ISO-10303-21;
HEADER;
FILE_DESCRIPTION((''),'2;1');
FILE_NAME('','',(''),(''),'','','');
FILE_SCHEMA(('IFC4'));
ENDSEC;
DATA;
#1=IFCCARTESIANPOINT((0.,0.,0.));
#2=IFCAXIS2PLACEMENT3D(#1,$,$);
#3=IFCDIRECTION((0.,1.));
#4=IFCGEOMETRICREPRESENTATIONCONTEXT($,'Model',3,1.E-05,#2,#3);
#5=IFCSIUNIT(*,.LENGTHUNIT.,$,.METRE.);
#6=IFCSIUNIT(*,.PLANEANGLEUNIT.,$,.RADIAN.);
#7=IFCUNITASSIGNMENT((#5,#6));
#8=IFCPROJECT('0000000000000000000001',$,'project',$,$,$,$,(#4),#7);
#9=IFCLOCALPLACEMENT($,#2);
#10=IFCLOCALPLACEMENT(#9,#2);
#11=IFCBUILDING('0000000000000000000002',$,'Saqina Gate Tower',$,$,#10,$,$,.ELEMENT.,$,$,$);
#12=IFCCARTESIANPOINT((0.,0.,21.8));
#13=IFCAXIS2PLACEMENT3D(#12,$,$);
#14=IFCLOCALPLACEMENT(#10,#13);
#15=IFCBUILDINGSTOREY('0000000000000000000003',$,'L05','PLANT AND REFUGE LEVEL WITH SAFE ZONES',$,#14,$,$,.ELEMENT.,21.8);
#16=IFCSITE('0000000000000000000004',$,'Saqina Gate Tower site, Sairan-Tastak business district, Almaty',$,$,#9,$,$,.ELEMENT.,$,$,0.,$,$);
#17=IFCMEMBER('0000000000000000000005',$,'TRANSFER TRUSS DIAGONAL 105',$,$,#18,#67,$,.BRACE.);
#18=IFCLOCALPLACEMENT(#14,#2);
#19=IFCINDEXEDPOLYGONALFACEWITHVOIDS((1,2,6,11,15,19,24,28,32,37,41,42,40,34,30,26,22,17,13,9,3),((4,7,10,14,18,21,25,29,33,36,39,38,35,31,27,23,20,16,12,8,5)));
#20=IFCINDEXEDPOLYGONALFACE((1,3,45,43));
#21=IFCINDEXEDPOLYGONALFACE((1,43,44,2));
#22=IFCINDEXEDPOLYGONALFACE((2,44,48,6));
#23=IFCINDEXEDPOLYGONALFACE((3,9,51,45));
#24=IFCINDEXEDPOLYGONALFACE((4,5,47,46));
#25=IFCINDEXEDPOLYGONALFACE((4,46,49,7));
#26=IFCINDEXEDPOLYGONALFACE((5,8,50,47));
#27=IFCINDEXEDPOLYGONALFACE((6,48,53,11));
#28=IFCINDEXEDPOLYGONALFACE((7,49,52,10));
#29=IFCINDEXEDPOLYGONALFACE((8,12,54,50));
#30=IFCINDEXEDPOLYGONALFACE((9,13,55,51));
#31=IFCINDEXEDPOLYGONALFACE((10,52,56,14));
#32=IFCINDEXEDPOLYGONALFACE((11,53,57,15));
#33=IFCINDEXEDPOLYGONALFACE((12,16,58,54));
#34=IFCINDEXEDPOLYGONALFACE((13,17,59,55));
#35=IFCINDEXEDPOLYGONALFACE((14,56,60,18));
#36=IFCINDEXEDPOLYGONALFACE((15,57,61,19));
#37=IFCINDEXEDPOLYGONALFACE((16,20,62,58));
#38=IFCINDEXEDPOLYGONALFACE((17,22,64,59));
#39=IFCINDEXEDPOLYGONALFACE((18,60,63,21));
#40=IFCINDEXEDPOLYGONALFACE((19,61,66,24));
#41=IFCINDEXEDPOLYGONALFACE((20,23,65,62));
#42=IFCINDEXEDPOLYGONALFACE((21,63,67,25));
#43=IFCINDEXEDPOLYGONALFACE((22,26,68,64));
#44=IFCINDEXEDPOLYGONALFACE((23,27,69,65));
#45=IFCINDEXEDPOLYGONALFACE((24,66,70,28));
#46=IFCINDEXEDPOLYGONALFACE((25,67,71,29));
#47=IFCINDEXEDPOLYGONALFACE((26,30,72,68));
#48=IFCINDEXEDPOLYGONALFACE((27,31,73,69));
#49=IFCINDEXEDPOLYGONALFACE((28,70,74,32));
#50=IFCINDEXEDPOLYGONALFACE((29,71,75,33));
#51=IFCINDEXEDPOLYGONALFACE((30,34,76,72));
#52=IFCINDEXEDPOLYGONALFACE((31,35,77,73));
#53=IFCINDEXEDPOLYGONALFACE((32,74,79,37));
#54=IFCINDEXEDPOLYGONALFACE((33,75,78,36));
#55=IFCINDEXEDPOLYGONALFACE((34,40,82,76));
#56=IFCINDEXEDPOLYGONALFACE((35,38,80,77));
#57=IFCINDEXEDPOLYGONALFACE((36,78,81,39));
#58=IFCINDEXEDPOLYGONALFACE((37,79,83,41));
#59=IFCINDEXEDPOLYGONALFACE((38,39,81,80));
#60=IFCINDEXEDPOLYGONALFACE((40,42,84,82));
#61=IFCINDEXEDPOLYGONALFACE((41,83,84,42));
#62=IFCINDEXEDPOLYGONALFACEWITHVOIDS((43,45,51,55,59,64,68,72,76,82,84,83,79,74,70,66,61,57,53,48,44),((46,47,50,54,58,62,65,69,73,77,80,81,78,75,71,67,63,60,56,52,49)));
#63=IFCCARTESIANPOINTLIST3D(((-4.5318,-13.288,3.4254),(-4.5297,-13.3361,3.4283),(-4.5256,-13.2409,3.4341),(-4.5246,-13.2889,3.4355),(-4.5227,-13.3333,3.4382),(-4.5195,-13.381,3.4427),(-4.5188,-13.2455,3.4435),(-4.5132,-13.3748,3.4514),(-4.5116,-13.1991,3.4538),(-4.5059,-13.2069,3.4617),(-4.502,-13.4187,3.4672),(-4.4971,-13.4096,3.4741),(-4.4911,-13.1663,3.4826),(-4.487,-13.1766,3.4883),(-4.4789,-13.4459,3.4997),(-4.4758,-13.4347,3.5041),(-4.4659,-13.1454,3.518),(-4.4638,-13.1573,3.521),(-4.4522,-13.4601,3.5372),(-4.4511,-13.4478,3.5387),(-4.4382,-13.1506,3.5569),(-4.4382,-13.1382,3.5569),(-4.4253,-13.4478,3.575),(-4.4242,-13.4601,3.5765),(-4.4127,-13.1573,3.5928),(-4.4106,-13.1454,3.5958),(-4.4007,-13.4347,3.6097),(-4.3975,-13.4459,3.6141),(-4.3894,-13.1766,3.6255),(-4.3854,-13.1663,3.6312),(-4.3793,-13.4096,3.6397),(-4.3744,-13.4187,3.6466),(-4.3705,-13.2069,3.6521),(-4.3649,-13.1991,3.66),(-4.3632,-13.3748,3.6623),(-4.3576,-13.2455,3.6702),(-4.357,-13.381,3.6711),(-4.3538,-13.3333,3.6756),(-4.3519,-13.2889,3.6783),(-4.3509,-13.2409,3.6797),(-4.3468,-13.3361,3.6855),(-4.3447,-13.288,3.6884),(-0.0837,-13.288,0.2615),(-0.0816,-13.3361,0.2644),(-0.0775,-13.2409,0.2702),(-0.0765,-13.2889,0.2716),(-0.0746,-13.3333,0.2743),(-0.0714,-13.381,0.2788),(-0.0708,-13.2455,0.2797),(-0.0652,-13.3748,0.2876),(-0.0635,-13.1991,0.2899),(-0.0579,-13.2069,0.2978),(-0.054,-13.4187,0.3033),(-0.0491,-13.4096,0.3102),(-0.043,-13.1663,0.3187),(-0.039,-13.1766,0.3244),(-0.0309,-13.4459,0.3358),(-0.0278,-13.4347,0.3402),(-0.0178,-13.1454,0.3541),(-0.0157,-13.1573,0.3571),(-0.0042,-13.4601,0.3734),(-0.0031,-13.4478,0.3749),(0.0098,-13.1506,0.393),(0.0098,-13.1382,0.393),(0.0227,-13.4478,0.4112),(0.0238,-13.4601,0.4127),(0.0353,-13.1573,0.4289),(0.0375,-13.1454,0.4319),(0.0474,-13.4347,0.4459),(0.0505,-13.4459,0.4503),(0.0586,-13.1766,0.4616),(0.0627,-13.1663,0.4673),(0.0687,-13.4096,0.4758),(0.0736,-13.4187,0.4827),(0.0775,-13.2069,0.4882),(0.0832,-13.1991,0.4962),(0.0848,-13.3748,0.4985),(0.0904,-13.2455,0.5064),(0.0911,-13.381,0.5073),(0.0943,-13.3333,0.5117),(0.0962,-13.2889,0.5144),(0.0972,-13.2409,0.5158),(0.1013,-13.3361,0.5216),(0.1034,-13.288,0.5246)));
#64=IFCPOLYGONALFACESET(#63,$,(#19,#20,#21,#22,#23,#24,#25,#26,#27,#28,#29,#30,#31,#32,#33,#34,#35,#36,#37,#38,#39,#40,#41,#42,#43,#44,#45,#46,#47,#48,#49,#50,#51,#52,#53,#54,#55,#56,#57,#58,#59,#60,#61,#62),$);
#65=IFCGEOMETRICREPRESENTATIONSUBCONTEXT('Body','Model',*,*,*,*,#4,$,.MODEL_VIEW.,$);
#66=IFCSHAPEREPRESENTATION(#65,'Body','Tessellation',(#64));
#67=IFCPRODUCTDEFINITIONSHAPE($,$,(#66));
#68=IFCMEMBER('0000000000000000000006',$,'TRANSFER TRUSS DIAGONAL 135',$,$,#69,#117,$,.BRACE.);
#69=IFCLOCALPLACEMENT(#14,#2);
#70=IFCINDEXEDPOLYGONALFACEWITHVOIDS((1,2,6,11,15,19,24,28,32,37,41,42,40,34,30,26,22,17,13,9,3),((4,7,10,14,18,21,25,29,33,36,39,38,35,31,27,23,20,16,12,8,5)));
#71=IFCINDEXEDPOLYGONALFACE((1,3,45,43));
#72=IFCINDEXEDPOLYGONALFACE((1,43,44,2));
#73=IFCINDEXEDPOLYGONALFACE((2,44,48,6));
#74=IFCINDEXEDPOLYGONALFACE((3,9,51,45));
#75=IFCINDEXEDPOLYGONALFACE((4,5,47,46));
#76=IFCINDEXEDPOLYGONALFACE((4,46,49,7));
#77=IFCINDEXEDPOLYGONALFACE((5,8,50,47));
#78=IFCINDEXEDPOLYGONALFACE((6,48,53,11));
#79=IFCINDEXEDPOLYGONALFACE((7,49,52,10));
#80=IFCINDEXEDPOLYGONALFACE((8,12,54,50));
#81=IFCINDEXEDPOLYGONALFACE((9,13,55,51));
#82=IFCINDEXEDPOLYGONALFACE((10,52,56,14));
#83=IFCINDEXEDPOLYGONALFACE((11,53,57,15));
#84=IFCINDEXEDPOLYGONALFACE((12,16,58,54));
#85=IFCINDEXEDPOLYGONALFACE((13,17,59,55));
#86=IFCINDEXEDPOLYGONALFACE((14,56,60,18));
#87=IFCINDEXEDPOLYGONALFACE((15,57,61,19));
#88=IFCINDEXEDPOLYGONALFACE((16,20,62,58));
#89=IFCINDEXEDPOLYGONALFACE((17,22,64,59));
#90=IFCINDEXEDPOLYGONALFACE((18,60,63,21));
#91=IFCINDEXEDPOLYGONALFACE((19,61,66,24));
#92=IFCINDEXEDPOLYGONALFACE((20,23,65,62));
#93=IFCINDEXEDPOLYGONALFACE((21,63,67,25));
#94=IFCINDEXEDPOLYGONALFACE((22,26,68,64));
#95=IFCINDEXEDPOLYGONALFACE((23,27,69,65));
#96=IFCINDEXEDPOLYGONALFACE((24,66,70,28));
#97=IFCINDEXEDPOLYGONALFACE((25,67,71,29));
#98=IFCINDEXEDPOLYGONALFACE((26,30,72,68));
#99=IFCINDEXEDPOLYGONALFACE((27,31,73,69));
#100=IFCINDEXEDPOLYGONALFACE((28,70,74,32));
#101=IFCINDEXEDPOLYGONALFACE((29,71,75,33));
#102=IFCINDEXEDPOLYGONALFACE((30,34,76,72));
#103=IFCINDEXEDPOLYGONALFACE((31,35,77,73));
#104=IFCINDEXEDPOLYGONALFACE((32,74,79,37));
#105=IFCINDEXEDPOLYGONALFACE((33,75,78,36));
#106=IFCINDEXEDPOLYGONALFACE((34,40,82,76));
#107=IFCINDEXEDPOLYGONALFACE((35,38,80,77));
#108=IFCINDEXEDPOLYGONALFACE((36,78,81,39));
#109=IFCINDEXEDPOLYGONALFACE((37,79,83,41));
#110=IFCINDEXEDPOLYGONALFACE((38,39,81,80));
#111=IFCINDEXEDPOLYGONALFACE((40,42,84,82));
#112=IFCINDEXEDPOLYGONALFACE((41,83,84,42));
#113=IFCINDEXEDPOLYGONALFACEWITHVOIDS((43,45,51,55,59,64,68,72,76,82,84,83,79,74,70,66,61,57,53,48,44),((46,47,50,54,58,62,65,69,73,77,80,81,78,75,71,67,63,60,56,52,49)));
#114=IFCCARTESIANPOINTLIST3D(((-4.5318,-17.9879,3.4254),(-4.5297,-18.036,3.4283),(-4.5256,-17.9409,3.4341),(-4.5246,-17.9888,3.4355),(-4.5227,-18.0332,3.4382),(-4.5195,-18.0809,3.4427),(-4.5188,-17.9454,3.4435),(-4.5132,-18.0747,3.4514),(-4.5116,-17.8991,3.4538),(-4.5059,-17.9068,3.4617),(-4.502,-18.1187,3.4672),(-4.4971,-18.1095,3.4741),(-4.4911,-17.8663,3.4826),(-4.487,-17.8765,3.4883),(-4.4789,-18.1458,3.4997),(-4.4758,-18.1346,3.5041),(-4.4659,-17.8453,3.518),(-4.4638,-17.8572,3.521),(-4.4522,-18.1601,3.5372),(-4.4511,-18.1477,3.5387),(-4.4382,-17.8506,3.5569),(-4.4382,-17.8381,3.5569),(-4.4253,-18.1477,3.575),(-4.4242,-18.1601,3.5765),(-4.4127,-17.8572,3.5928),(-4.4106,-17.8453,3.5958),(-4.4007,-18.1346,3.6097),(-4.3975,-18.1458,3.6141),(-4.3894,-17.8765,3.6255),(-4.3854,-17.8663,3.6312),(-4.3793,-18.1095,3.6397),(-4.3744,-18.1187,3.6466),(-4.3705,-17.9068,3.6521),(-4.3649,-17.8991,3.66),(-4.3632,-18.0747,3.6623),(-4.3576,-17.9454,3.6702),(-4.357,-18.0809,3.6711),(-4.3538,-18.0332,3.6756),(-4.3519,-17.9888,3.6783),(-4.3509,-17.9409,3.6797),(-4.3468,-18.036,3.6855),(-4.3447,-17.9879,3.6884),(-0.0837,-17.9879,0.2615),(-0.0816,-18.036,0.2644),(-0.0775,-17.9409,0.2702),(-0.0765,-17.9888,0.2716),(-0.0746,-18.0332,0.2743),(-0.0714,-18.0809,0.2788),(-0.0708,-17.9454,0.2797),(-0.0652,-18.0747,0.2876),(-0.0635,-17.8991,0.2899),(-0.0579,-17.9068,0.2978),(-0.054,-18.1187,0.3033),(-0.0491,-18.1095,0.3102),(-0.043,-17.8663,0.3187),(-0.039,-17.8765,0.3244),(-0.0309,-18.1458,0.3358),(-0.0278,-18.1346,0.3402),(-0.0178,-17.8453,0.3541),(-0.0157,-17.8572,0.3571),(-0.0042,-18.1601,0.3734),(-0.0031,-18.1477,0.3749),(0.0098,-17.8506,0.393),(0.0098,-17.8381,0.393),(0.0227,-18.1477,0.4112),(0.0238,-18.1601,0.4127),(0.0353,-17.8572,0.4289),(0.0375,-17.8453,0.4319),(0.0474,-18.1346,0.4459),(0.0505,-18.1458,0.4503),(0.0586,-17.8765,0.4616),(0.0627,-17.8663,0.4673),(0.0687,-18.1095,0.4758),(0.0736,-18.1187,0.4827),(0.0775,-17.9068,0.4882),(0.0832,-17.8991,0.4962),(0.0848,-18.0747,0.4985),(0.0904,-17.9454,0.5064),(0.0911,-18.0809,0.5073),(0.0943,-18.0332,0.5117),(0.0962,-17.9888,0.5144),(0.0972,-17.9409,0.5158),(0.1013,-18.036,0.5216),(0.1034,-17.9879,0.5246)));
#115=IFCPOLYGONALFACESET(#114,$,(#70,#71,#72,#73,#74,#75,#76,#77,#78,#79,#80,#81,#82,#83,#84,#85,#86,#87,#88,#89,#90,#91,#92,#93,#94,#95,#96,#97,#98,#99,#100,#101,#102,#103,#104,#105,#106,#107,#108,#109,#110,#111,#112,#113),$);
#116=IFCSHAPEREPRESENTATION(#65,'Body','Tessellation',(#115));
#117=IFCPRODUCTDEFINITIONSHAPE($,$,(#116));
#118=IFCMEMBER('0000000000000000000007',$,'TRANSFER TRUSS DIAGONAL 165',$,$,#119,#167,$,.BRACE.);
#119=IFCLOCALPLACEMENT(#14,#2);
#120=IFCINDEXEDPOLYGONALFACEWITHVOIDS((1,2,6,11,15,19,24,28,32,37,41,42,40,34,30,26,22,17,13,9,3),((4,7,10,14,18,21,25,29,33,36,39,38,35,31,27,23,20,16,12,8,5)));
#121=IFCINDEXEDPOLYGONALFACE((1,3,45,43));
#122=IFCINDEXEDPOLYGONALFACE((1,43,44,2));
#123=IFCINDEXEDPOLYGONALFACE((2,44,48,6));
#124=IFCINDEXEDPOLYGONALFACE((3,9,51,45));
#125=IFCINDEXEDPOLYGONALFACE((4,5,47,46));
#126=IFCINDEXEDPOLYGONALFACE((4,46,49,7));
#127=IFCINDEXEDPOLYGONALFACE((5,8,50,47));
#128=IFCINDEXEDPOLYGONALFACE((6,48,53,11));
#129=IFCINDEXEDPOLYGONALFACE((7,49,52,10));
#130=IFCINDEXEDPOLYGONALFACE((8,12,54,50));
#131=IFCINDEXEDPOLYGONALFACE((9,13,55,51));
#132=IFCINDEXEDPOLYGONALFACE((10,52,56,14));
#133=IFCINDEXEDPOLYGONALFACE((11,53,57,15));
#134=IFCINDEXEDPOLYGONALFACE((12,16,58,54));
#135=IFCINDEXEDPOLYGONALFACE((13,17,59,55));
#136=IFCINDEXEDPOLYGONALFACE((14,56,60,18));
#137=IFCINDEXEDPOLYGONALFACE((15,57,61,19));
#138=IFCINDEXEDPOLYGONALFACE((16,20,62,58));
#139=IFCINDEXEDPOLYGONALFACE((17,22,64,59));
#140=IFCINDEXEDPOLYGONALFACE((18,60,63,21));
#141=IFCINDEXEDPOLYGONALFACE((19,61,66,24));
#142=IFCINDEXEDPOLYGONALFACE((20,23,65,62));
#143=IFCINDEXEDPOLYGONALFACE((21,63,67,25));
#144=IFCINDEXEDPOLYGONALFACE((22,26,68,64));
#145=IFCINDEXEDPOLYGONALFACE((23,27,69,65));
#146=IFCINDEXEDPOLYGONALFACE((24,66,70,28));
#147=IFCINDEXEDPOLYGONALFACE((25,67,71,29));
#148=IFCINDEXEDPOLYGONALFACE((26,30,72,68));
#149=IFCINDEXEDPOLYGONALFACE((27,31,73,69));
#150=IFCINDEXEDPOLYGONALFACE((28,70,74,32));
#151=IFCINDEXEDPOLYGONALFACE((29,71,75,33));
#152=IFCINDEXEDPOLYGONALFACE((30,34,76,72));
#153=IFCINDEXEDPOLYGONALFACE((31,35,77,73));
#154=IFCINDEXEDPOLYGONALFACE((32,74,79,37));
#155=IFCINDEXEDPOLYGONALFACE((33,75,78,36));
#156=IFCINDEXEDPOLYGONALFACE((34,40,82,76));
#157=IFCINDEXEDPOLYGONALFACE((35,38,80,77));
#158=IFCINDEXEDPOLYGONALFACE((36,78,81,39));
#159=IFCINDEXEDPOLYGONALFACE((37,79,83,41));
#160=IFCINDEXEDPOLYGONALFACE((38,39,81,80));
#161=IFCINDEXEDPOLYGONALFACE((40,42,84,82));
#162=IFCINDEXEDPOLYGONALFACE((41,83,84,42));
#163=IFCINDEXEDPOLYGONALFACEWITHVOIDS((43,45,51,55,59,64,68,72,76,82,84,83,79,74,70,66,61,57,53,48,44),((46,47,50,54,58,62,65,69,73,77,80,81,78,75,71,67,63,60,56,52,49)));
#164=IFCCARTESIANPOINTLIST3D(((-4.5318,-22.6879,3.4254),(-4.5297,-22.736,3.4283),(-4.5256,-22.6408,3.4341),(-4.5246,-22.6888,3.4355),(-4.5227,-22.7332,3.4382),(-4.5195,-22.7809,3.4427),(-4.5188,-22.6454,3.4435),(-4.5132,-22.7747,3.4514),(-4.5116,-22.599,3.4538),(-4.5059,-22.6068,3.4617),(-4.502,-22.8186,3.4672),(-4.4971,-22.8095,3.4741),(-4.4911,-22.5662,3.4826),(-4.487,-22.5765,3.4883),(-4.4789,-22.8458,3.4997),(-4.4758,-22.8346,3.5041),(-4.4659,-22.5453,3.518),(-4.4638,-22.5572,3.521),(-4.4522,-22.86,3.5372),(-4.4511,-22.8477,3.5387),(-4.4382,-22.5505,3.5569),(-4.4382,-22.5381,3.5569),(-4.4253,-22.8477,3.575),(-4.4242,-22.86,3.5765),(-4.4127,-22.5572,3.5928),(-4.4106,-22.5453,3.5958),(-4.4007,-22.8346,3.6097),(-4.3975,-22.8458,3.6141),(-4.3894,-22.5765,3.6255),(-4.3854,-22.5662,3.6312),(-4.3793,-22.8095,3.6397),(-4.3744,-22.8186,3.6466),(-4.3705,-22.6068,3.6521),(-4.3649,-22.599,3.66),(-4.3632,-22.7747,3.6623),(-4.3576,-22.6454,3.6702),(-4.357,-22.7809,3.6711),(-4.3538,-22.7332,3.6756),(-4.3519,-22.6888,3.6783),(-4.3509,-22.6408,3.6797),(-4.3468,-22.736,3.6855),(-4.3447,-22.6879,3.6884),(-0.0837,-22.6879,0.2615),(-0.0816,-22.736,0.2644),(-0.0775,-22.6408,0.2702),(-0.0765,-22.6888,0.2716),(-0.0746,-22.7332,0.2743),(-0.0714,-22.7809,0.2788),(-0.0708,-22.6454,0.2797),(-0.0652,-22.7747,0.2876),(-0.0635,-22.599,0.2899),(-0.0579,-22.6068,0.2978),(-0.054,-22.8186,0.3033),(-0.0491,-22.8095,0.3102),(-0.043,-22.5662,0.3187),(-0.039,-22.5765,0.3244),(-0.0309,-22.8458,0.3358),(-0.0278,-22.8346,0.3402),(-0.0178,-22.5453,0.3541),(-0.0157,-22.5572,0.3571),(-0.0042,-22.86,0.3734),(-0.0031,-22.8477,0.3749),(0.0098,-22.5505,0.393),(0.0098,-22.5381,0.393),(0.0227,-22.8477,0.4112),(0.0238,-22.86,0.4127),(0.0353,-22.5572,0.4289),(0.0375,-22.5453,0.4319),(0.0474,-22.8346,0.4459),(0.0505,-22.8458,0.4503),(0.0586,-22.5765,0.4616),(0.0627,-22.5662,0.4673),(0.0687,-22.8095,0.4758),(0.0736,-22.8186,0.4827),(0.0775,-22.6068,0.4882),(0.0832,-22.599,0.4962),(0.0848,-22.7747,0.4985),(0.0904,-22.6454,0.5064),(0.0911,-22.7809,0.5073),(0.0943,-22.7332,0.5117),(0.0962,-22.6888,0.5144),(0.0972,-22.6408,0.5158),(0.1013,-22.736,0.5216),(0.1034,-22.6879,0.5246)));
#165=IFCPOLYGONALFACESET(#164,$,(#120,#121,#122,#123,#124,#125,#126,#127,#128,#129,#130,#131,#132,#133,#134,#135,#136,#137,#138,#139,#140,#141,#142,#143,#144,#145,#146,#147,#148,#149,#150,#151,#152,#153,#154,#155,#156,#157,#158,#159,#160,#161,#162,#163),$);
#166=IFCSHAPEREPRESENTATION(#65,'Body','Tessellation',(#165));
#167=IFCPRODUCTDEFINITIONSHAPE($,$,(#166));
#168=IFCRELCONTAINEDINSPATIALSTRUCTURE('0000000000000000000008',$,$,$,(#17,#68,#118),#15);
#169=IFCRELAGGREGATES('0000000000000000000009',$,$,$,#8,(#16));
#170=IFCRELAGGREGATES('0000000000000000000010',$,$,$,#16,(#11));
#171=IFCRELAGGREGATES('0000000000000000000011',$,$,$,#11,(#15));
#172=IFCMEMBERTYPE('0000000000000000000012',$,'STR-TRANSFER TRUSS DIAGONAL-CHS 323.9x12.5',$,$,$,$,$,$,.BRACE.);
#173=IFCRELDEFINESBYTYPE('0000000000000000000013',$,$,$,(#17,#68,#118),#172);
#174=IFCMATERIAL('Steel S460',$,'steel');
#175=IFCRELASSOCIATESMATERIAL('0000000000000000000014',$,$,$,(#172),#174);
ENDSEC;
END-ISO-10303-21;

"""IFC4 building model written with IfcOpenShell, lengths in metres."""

from ifc_helpers import new_model, si_unit, direction, frame, origin, origin_2d, place, context, subcontext, project, spatial, hollow_circle, extrude, material, material_profile, profile_set, type_object, element, save


model = new_model("IFC4")

# Units and contexts
model_context = context("Model", 3, precision=1e-05, world=origin(), true_north=direction((0.0, 1.0)))
body_context = subcontext(model_context, "Body", "Model", "MODEL_VIEW")
ifc_project = project(units=[si_unit("LENGTHUNIT", "METRE"), si_unit("PLANEANGLEUNIT", "RADIAN")], contexts=[model_context])

# Site, building, storey
site_placement = place(None, origin())
site = spatial("IfcSite", under=ifc_project, at=site_placement, Name="Saqina Gate Tower site, Sairan-Tastak business district, Almaty", CompositionType="ELEMENT", RefElevation=0.0)
building_placement = place(site_placement, origin())
building = spatial("IfcBuilding", under=site, at=building_placement, Name="Saqina Gate Tower", CompositionType="ELEMENT")
storey_placement = place(building_placement, frame((0.0, 0.0, 21.8)))
storey = spatial("IfcBuildingStorey", under=building, at=storey_placement, Name="L05", Description="PLANT AND REFUGE LEVEL WITH SAFE ZONES", CompositionType="ELEMENT", Elevation=21.8)

# Members
ifc_material_1 = material(Name="Steel S460", Category="steel")
ifc_material_profile_1 = material_profile(ifc_material_1, hollow_circle(Radius=0.1619, WallThickness=0.0125, at=origin_2d()), Name="CHS 323.9x12.5")
ifc_profile_set_1 = profile_set([ifc_material_profile_1], Name="Steel S460")
member_type_1 = type_object("IfcMemberType", Name="STR-TRANSFER TRUSS DIAGONAL-CHS 323.9x12.5", PredefinedType="BRACE", material=ifc_profile_set_1)
for number, where, z_axis, x_axis, name in (
    (1, (-4.4382, -13.3, 3.5569), (0.814886, 0.0, -0.579621), (0.0, 1.0, 0.0), "TRANSFER TRUSS DIAGONAL 105"),
    (2, (-4.4382, -18.0, 3.5569), (0.814886, 0.0, -0.579621), (0.0, 1.0, 0.0), "TRANSFER TRUSS DIAGONAL 135"),
    (3, (-4.4382, -22.7, 3.5569), (0.814886, 0.0, -0.579621), (0.0, 1.0, 0.0), "TRANSFER TRUSS DIAGONAL 165"),
):
    element("IfcMember", number, at=place(storey_placement, frame(where, z_axis=z_axis, x_axis=x_axis)), inside=storey, type_object=member_type_1, Name=name, PredefinedType="BRACE", context=body_context, shape_type="SweptSolid", body=[
        extrude(hollow_circle(Radius=0.1619, WallThickness=0.0125, at=origin_2d()), origin(), (0.0, 0.0, 1.0), 5.4585),
    ])

save(model, "model.ifc")
